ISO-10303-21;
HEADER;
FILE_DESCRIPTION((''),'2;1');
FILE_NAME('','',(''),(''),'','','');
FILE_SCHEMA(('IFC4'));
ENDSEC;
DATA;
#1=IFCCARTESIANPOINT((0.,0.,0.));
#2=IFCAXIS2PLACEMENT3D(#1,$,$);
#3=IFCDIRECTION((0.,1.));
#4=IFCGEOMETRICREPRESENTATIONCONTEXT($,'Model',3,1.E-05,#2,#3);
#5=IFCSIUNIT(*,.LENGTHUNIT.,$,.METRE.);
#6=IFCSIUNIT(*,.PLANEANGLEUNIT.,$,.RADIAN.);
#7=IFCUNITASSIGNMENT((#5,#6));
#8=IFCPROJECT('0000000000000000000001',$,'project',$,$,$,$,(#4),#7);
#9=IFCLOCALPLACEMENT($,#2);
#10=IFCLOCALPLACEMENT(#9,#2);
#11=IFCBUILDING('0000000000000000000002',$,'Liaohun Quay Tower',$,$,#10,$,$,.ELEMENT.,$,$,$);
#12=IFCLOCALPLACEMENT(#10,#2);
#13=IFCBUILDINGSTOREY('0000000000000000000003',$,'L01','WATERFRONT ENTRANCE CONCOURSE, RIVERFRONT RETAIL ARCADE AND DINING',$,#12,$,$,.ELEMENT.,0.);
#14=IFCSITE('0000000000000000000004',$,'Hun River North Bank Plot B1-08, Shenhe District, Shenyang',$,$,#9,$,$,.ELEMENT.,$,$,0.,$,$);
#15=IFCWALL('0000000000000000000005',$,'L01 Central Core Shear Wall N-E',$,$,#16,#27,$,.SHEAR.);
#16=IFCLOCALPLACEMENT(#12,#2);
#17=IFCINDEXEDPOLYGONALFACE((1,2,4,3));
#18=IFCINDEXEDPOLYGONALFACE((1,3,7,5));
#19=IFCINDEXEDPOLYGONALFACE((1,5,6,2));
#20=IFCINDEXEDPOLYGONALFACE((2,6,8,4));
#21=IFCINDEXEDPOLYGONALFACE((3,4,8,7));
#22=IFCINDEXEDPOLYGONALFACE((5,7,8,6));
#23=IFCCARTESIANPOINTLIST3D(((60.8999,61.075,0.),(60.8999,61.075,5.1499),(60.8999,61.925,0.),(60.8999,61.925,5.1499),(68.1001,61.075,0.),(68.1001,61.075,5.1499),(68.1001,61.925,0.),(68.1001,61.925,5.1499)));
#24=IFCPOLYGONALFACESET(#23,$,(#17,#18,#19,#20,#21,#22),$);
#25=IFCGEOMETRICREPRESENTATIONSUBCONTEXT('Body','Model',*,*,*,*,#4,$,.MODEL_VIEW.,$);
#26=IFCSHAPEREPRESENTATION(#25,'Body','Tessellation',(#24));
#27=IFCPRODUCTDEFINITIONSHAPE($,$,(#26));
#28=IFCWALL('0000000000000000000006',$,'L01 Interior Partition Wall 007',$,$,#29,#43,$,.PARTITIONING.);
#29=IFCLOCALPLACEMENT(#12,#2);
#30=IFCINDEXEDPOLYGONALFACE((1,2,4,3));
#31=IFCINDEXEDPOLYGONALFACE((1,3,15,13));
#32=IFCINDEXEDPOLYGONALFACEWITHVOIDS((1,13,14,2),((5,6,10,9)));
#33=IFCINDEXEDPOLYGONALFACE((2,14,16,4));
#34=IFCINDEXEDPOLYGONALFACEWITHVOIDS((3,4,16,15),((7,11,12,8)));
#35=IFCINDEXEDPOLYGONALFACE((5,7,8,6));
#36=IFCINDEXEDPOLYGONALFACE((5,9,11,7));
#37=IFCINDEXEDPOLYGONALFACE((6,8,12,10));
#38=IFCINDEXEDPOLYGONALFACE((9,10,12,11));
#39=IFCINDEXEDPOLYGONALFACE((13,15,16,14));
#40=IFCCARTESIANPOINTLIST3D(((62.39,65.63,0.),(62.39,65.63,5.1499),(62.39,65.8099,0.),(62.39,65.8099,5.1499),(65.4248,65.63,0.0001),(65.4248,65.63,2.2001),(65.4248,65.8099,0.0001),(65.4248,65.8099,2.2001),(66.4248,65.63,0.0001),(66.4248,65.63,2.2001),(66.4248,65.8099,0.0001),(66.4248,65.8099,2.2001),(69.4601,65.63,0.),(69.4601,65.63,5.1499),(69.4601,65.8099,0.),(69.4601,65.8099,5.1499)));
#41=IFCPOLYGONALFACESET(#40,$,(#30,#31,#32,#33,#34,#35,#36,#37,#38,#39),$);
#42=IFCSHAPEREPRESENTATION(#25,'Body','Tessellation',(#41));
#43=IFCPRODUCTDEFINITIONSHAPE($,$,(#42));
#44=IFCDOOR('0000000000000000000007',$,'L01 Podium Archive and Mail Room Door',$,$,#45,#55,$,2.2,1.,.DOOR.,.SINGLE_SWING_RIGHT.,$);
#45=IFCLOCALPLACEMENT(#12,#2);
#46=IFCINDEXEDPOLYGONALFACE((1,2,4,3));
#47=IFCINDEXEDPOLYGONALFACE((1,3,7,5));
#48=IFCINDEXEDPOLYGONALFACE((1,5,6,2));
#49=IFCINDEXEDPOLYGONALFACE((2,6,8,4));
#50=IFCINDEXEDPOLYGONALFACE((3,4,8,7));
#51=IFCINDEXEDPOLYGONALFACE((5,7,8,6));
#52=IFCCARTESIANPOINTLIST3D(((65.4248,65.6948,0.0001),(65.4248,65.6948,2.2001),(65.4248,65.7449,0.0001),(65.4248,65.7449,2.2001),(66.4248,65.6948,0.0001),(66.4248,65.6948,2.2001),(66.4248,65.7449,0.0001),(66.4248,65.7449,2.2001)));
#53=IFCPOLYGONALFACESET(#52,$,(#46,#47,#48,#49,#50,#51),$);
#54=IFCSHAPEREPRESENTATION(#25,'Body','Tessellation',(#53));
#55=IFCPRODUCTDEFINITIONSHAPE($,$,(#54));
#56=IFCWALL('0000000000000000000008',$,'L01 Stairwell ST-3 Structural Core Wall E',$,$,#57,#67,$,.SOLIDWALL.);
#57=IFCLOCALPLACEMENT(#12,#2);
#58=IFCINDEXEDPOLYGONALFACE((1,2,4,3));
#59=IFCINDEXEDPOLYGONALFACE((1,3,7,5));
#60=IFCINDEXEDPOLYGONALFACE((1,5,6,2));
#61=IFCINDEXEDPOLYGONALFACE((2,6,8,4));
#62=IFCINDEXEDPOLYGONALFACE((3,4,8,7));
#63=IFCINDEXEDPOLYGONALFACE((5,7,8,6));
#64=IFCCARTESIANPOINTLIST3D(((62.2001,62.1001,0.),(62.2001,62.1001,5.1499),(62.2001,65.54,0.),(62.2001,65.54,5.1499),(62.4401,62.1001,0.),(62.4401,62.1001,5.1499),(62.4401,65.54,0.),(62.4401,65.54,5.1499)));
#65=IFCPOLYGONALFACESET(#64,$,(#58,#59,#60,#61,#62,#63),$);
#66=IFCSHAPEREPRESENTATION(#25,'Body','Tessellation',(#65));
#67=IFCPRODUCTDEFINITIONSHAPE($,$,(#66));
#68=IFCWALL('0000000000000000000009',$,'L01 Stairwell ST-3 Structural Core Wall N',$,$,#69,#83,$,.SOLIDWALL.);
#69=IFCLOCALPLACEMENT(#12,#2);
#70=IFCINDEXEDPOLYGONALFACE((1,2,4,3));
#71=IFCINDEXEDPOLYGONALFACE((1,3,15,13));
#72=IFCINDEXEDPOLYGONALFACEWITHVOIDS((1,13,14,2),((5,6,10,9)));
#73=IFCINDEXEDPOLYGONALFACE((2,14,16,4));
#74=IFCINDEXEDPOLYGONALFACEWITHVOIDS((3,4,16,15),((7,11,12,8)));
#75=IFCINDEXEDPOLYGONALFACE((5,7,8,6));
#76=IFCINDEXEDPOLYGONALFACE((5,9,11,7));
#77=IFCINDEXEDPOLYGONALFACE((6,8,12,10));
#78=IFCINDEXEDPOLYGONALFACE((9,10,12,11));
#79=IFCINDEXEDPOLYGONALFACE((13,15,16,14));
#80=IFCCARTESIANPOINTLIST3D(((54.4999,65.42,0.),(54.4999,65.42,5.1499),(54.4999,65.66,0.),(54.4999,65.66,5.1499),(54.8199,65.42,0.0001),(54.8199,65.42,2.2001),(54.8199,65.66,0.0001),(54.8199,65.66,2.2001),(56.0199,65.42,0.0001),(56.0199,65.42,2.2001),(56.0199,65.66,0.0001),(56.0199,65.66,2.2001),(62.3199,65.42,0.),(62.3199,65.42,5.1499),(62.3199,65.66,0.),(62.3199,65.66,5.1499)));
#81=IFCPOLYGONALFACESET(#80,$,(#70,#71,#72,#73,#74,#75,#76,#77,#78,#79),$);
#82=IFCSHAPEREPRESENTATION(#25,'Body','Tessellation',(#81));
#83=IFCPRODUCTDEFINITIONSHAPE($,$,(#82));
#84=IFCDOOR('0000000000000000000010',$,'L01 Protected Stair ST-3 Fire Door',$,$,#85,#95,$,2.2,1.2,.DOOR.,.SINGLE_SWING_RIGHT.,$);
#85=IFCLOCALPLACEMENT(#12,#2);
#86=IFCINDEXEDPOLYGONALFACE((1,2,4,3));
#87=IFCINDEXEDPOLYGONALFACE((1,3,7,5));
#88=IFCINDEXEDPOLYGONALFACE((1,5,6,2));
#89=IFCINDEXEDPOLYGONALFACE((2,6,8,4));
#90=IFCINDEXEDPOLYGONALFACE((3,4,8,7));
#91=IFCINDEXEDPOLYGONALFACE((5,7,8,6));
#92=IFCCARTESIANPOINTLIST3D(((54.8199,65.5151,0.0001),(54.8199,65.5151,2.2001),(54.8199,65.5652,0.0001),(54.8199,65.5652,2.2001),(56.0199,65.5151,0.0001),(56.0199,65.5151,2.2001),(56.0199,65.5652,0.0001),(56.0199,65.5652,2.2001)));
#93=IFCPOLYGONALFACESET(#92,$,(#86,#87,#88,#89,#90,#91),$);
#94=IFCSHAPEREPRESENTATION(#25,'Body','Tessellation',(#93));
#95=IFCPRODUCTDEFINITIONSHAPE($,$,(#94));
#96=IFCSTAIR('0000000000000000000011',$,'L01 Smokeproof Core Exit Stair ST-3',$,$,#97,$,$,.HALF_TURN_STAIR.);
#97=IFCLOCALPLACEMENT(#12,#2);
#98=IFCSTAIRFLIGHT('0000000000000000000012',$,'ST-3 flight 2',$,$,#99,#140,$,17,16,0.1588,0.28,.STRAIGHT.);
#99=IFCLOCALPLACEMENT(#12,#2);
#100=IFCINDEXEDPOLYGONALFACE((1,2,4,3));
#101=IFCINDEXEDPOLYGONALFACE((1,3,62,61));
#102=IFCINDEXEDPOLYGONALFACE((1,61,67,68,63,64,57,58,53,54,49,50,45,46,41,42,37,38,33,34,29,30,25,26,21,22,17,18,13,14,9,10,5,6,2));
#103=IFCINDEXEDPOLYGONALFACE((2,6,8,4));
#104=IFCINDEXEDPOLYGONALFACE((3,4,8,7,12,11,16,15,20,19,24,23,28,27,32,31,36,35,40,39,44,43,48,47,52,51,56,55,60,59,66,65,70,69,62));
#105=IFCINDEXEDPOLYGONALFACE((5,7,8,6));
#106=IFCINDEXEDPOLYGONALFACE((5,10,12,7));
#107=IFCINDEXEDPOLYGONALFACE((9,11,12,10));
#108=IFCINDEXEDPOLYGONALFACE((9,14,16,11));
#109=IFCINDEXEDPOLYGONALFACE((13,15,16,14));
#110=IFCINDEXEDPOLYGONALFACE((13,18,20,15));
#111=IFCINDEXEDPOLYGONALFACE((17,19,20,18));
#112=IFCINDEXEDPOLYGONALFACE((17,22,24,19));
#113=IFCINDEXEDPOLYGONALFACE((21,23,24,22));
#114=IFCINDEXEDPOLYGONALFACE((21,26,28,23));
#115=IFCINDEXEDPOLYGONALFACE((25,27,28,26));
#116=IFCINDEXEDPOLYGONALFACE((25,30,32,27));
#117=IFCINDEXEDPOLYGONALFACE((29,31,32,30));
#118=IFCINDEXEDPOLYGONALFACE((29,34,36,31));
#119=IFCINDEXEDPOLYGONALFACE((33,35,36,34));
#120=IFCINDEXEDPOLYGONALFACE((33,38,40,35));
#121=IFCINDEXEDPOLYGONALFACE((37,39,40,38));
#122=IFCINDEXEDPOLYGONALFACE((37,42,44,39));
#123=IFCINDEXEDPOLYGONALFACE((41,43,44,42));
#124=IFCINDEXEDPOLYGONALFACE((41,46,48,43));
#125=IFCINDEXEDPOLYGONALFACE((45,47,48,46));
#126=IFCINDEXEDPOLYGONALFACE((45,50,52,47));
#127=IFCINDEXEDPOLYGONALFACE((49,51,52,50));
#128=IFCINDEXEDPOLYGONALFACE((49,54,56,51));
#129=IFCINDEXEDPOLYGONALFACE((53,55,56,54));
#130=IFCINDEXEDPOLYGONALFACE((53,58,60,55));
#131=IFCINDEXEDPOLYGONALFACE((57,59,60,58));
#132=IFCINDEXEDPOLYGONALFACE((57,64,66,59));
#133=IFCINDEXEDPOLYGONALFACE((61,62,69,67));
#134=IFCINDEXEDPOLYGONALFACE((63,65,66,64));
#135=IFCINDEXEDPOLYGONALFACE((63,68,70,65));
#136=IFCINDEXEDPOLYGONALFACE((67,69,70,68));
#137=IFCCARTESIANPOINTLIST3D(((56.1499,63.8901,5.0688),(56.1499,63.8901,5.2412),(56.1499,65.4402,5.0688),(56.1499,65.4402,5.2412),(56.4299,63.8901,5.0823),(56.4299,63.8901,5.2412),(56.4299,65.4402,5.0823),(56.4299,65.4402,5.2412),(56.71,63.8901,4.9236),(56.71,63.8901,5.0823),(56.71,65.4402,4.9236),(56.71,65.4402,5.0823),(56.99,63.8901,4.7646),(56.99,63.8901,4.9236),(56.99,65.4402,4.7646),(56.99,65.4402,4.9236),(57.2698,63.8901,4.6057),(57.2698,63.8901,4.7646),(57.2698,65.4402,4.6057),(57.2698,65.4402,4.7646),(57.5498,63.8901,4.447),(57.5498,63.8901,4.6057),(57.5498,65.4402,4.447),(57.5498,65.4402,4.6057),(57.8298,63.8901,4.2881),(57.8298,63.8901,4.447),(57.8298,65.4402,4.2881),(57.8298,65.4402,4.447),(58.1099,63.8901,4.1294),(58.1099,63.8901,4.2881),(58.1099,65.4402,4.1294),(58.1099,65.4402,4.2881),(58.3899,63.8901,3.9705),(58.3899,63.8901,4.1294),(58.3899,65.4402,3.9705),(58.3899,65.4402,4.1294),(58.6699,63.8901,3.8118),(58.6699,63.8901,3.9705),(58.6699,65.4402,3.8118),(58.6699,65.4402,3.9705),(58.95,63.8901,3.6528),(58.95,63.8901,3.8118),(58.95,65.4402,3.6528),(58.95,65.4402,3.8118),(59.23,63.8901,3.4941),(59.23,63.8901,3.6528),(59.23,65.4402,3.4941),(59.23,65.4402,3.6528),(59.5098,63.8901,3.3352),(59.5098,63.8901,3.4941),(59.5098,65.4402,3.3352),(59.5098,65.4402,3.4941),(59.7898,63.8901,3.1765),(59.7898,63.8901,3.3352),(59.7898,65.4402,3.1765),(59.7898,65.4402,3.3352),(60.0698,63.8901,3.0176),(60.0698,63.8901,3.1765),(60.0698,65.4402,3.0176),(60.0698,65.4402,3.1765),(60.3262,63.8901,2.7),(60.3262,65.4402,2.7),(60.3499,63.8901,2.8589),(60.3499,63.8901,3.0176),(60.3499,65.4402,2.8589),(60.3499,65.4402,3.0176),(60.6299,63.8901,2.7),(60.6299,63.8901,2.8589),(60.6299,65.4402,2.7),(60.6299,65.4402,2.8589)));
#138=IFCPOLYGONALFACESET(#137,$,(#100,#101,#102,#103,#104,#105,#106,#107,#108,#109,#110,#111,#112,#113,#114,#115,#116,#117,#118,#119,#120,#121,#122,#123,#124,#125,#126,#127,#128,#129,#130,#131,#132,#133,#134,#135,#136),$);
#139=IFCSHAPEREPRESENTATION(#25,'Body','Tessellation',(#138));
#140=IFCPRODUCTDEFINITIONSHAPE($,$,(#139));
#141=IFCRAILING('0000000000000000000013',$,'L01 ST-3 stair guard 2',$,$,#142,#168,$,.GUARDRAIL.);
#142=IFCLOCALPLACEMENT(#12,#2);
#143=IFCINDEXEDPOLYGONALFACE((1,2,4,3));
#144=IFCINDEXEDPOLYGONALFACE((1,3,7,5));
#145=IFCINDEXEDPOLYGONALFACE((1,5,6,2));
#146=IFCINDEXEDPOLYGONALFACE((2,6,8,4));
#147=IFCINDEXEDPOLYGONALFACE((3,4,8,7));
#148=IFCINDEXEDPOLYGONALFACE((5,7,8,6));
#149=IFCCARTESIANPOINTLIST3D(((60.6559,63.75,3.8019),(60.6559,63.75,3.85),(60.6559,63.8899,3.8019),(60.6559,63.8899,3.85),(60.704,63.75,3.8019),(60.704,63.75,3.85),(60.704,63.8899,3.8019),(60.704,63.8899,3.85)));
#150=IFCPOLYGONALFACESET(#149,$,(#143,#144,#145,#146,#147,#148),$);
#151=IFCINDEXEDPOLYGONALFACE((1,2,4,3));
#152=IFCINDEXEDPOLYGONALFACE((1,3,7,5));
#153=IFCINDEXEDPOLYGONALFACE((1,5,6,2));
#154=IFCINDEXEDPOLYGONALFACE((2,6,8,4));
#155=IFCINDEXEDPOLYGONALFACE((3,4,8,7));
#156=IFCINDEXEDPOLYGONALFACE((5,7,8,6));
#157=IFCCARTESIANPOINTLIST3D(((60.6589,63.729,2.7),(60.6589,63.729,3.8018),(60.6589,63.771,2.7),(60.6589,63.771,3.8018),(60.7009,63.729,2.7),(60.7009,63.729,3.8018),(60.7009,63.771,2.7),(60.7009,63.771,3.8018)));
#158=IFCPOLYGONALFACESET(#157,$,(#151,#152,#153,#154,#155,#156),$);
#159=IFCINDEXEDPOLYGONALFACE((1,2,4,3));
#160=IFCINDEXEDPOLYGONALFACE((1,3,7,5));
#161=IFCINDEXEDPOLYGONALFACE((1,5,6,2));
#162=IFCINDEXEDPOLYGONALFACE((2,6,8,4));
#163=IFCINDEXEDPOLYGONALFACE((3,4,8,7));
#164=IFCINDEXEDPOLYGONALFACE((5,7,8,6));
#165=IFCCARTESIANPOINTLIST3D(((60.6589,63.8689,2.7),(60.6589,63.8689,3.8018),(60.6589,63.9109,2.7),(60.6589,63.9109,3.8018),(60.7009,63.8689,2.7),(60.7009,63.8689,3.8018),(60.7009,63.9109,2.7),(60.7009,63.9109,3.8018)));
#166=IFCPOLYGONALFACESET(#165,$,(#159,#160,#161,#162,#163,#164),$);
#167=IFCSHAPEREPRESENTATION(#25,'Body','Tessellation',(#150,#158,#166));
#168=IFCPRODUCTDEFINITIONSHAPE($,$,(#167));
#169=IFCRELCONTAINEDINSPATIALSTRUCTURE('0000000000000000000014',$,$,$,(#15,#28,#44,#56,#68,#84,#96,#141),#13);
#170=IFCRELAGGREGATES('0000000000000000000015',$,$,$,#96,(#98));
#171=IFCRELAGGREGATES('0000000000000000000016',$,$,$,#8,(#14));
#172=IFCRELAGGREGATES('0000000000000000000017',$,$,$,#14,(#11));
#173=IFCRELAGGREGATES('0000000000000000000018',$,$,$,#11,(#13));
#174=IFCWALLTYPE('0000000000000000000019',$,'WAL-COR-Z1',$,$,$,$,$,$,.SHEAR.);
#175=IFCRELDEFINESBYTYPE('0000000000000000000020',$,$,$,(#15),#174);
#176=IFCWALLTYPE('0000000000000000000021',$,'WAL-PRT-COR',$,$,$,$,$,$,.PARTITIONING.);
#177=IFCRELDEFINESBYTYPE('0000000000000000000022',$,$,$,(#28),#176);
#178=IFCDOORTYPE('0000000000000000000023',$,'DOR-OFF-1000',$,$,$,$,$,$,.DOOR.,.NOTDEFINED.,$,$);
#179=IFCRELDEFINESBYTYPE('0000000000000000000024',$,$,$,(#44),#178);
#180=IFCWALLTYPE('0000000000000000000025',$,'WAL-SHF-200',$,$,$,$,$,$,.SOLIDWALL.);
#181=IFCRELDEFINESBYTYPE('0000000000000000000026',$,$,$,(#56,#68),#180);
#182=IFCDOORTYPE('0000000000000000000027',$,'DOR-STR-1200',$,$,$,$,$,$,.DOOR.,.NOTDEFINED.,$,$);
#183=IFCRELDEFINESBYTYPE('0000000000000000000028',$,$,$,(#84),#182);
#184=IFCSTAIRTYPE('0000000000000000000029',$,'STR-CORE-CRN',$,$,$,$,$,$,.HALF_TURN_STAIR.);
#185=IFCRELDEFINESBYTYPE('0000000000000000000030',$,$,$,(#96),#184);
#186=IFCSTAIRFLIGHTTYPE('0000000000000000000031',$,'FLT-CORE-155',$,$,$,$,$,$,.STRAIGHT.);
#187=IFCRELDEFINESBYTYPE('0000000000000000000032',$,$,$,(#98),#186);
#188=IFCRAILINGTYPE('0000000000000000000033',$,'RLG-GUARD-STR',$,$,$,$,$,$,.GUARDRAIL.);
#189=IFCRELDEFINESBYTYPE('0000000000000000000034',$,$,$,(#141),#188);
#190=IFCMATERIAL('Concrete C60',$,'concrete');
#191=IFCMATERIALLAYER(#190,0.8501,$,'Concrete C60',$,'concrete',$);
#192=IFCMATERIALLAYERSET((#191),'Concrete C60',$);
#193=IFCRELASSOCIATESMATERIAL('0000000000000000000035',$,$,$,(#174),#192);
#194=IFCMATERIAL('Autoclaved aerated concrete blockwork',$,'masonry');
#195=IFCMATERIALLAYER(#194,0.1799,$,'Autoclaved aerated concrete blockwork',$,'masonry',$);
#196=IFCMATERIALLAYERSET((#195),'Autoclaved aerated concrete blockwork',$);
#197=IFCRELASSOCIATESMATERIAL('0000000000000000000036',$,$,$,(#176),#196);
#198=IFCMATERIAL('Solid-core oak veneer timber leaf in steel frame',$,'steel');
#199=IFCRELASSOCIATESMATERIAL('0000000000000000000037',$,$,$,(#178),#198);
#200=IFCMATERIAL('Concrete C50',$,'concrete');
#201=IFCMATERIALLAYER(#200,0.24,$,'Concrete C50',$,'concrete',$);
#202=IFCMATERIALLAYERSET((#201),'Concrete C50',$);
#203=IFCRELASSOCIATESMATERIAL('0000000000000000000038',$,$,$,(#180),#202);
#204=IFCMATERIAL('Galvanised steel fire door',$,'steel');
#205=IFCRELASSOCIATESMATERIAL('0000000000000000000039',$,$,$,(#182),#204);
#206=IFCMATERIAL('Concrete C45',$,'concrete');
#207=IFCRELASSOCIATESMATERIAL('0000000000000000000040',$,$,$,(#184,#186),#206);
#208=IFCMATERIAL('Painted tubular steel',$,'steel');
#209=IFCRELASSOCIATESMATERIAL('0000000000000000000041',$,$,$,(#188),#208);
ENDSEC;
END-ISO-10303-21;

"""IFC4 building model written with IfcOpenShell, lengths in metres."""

from ifc_helpers import new_model, si_unit, direction, frame, frame_2d, origin, origin_2d, place, context, subcontext, project, spatial, polyline, rectangle, outline, extrude, source, transform, mapped, material, layer, layer_set, type_object, element, fill, aggregate, save


model = new_model("IFC4")

# Units and contexts
model_context = context("Model", 3, precision=1e-05, world=origin(), true_north=direction((0.0, 1.0)))
body_context = subcontext(model_context, "Body", "Model", "MODEL_VIEW")
ifc_project = project(units=[si_unit("LENGTHUNIT", "METRE"), si_unit("PLANEANGLEUNIT", "RADIAN")], contexts=[model_context])

# Site, building, storey
site_placement = place(None, origin())
site = spatial("IfcSite", under=ifc_project, at=site_placement, Name="Hun River North Bank Plot B1-08, Shenhe District, Shenyang", CompositionType="ELEMENT", RefElevation=0.0)
building_placement = place(site_placement, origin())
building = spatial("IfcBuilding", under=site, at=building_placement, Name="Liaohun Quay Tower", CompositionType="ELEMENT")
storey_placement = place(building_placement, origin())
storey = spatial("IfcBuildingStorey", under=building, at=storey_placement, Name="L01", Description="WATERFRONT ENTRANCE CONCOURSE, RIVERFRONT RETAIL ARCADE AND DINING", CompositionType="ELEMENT", Elevation=0.0)

# Shared definitions
ifc_material_1 = material(Name="Concrete C60", Category="concrete")

# Wall
ifc_layer_1 = layer(ifc_material_1, 0.8501, Name="Concrete C60", Category="concrete")
ifc_layer_set_1 = layer_set([ifc_layer_1], Name="Concrete C60")
wall_type_1 = type_object("IfcWallType", Name="WAL-COR-Z1", PredefinedType="SHEAR", material=ifc_layer_set_1)
wall_1_placement = place(storey_placement, frame((60.8999, 61.5, 0.0), z_axis=(0.0, 0.0, 1.0), x_axis=(1.0, 0.0, 0.0)))
element("IfcWall", 1, at=wall_1_placement, inside=storey, type_object=wall_type_1, Name="L01 Central Core Shear Wall N-E", PredefinedType="SHEAR", context=body_context, shape_type="SweptSolid", body=[
    extrude(rectangle(XDim=7.2002, YDim=0.8501, at=frame_2d((3.6001, 0.0))), origin(), (0.0, 0.0, 1.0), 5.1499),
])

# Wall, opening, door
ifc_material_2 = material(Name="Autoclaved aerated concrete blockwork", Category="masonry")
ifc_layer_2 = layer(ifc_material_2, 0.1799, Name="Autoclaved aerated concrete blockwork", Category="masonry")
ifc_layer_set_2 = layer_set([ifc_layer_2], Name="Autoclaved aerated concrete blockwork")
wall_type_2 = type_object("IfcWallType", Name="WAL-PRT-COR", PredefinedType="PARTITIONING", material=ifc_layer_set_2)
wall_2_placement = place(storey_placement, frame((62.3899, 65.72, 0.0), z_axis=(0.0, 0.0, 1.0), x_axis=(1.0, 0.0, 0.0)))
wall_2 = element("IfcWall", 2, at=wall_2_placement, inside=storey, type_object=wall_type_2, Name="L01 Interior Partition Wall 007", PredefinedType="PARTITIONING", context=body_context, shape_type="SweptSolid", body=[
    extrude(rectangle(XDim=7.0701, YDim=0.1799, at=frame_2d((3.5352, 0.0))), origin(), (0.0, 0.0, 1.0), 5.1499),
])
shared_shape_1 = source(origin(), body_context, "Body", "SweptSolid", [
    extrude(rectangle(XDim=1.0, YDim=2.2, at=frame_2d((0.5, 1.1001))), frame((0.0, 0.0999, 0.0), z_axis=(0.0, -1.0, 0.0), x_axis=(1.0, 0.0, 0.0)), (0.0, 0.0, 1.0), 0.2),
])
opening_1_placement = place(wall_2_placement, frame((3.0349, 0.0, 0.0)))
opening_1 = element("IfcOpeningElement", 3, at=opening_1_placement, cuts=wall_2, PredefinedType="OPENING", context=body_context, shape_type="MappedRepresentation", body=[
    mapped(shared_shape_1, transform((0.0, 0.0, 0.0), x_axis=(1.0, 0.0, 0.0), y_axis=(0.0, 1.0, 0.0), z_axis=(0.0, 0.0, 1.0), scale=1.0)),
])
ifc_material_3 = material(Name="Solid-core oak veneer timber leaf in steel frame", Category="steel")
door_type_1 = type_object("IfcDoorType", Name="DOR-OFF-1000", OperationType="NOTDEFINED", PredefinedType="DOOR", material=ifc_material_3)
shared_shape_2 = source(origin(), body_context, "Body", "SweptSolid", [
    extrude(rectangle(XDim=1.0, YDim=2.2, at=frame_2d((0.5, 1.1001))), frame((0.0, 0.0249, 0.0), z_axis=(0.0, -1.0, 0.0), x_axis=(1.0, 0.0, 0.0)), (0.0, 0.0, 1.0), 0.05),
])
door_1_placement = place(opening_1_placement, origin())
door_1 = element("IfcDoor", 4, at=door_1_placement, inside=storey, type_object=door_type_1, Name="L01 Podium Archive and Mail Room Door", OperationType="SINGLE_SWING_RIGHT", OverallHeight=2.2, OverallWidth=1.0, PredefinedType="DOOR", context=body_context, shape_type="MappedRepresentation", body=[
    mapped(shared_shape_2, transform((0.0, 0.0, 0.0), x_axis=(1.0, 0.0, 0.0), y_axis=(0.0, 1.0, 0.0), z_axis=(0.0, 0.0, 1.0), scale=1.0)),
])
fill(opening_1, door_1)

# Wall
ifc_material_4 = material(Name="Concrete C50", Category="concrete")
ifc_layer_3 = layer(ifc_material_4, 0.24, Name="Concrete C50", Category="concrete")
ifc_layer_set_3 = layer_set([ifc_layer_3], Name="Concrete C50")
wall_type_3 = type_object("IfcWallType", Name="WAL-SHF-200", PredefinedType="SOLIDWALL", material=ifc_layer_set_3)
wall_3_placement = place(storey_placement, frame((62.3201, 62.1001, 0.0), z_axis=(0.0, 0.0, 1.0), x_axis=(0.0, 1.0, 0.0)))
element("IfcWall", 5, at=wall_3_placement, inside=storey, type_object=wall_type_3, Name="L01 Stairwell ST-3 Structural Core Wall E", PredefinedType="SOLIDWALL", context=body_context, shape_type="SweptSolid", body=[
    extrude(rectangle(XDim=3.4399, YDim=0.24, at=frame_2d((1.72, 0.0))), origin(), (0.0, 0.0, 1.0), 5.1499),
])

# Wall, opening, door
wall_4_placement = place(storey_placement, frame((62.3201, 65.54, 0.0), z_axis=(0.0, 0.0, 1.0), x_axis=(-1.0, 0.0, 0.0)))
wall_4 = element("IfcWall", 6, at=wall_4_placement, inside=storey, type_object=wall_type_3, Name="L01 Stairwell ST-3 Structural Core Wall N", PredefinedType="SOLIDWALL", context=body_context, shape_type="SweptSolid", body=[
    extrude(rectangle(XDim=7.8201, YDim=0.24, at=frame_2d((3.9102, 0.0))), origin(), (0.0, 0.0, 1.0), 5.1499),
])
shared_shape_3 = source(origin(), body_context, "Body", "SweptSolid", [
    extrude(rectangle(XDim=1.2, YDim=2.2, at=frame_2d((0.6001, 1.1001))), frame((0.0, 0.1299, 0.0), z_axis=(0.0, -1.0, 0.0), x_axis=(1.0, 0.0, 0.0)), (0.0, 0.0, 1.0), 0.26),
])
opening_2_placement = place(wall_4_placement, frame((6.3, 0.0, 0.0)))
opening_2 = element("IfcOpeningElement", 7, at=opening_2_placement, cuts=wall_4, PredefinedType="OPENING", context=body_context, shape_type="MappedRepresentation", body=[
    mapped(shared_shape_3, transform((0.0, 0.0, 0.0), x_axis=(1.0, 0.0, 0.0), y_axis=(0.0, 1.0, 0.0), z_axis=(0.0, 0.0, 1.0), scale=1.0)),
])
ifc_material_5 = material(Name="Galvanised steel fire door", Category="steel")
door_type_2 = type_object("IfcDoorType", Name="DOR-STR-1200", OperationType="NOTDEFINED", PredefinedType="DOOR", material=ifc_material_5)
shared_shape_4 = source(origin(), body_context, "Body", "SweptSolid", [
    extrude(rectangle(XDim=1.2, YDim=2.2, at=frame_2d((0.6001, 1.1001))), frame((0.0, 0.0249, 0.0), z_axis=(0.0, -1.0, 0.0), x_axis=(1.0, 0.0, 0.0)), (0.0, 0.0, 1.0), 0.05),
])
door_2_placement = place(opening_2_placement, origin())
door_2 = element("IfcDoor", 8, at=door_2_placement, inside=storey, type_object=door_type_2, Name="L01 Protected Stair ST-3 Fire Door", OperationType="SINGLE_SWING_RIGHT", OverallHeight=2.2, OverallWidth=1.2, PredefinedType="DOOR", context=body_context, shape_type="MappedRepresentation", body=[
    mapped(shared_shape_4, transform((0.0, 0.0, 0.0), x_axis=(1.0, 0.0, 0.0), y_axis=(0.0, 1.0, 0.0), z_axis=(0.0, 0.0, 1.0), scale=1.0)),
])
fill(opening_2, door_2)

# Stair, stair flight
ifc_material_6 = material(Name="Concrete C45", Category="concrete")
stair_type = type_object("IfcStairType", Name="STR-CORE-CRN", PredefinedType="HALF_TURN_STAIR", material=ifc_material_6)
stair_placement = place(storey_placement, origin())
stair = element("IfcStair", 9, at=stair_placement, inside=storey, type_object=stair_type, Name="L01 Smokeproof Core Exit Stair ST-3", PredefinedType="HALF_TURN_STAIR")
stair_flight_type = type_object("IfcStairFlightType", Name="FLT-CORE-155", PredefinedType="STRAIGHT", material=ifc_material_6)
stair_flight_placement = place(storey_placement, frame((60.6299, 64.665, 2.7), z_axis=(0.0, 0.0, 1.0), x_axis=(-1.0, 0.0, 0.0)))
stair_flight = element("IfcStairFlight", 10, at=stair_flight_placement, type_object=stair_flight_type, Name="ST-3 flight 2", NumberOfRisers=17, NumberOfTreads=16, PredefinedType="STRAIGHT", RiserHeight=0.1588, TreadLength=0.28, context=body_context, shape_type="SweptSolid", body=[
    extrude(outline(polyline([(0.0, 0.0), (0.0, 0.1589), (0.28, 0.1589), (0.28, 0.3176), (0.5601, 0.3176), (0.5601, 0.4766), (0.8401, 0.4766), (0.8401, 0.6353), (1.1201, 0.6353), (1.1201, 0.7942), (1.3999, 0.7942), (1.3999, 0.9529), (1.6799, 0.9529), (1.6799, 1.1118), (1.96, 1.1118), (1.96, 1.2705), (2.24, 1.2705), (2.24, 1.4294), (2.52, 1.4294), (2.52, 1.5881), (2.8, 1.5881), (2.8, 1.7471), (3.0801, 1.7471), (3.0801, 1.9058), (3.3601, 1.9058), (3.3601, 2.0647), (3.6399, 2.0647), (3.6399, 2.2236), (3.9199, 2.2236), (3.9199, 2.3823), (4.2, 2.3823), (4.2, 2.5413), (4.48, 2.5413), (4.48, 2.7), (4.48, 2.3689), (0.3037, 0.0), (0.0, 0.0)])), frame((0.0, 0.7749, 0.0), z_axis=(0.0, -1.0, 0.0), x_axis=(1.0, 0.0, 0.0)), (0.0, 0.0, 1.0), 1.55),
])
aggregate(stair, [stair_flight])

# Railing
ifc_material_7 = material(Name="Painted tubular steel", Category="steel")
railing_type_1 = type_object("IfcRailingType", Name="RLG-GUARD-STR", PredefinedType="GUARDRAIL", material=ifc_material_7)
railing_1_placement = place(storey_placement, frame((60.6799, 63.75, 2.7)))
element("IfcRailing", 11, at=railing_1_placement, inside=storey, type_object=railing_type_1, Name="L01 ST-3 stair guard 2", PredefinedType="GUARDRAIL", context=body_context, shape_type="SweptSolid", body=[
    extrude(rectangle(XDim=0.0481, YDim=0.0481, at=origin_2d()), frame((0.0, 0.0, 1.126), z_axis=(0.0, 1.0, 0.0), x_axis=(-1.0, 0.0, 0.0)), (0.0, 0.0, 1.0), 0.1399),
    extrude(rectangle(XDim=0.042, YDim=0.042, at=origin_2d()), origin(), (0.0, 0.0, 1.0), 1.1018),
    extrude(rectangle(XDim=0.042, YDim=0.042, at=origin_2d()), frame((0.0, 0.1399, 0.0)), (0.0, 0.0, 1.0), 1.1018),
])

save(model, "model.ifc")
